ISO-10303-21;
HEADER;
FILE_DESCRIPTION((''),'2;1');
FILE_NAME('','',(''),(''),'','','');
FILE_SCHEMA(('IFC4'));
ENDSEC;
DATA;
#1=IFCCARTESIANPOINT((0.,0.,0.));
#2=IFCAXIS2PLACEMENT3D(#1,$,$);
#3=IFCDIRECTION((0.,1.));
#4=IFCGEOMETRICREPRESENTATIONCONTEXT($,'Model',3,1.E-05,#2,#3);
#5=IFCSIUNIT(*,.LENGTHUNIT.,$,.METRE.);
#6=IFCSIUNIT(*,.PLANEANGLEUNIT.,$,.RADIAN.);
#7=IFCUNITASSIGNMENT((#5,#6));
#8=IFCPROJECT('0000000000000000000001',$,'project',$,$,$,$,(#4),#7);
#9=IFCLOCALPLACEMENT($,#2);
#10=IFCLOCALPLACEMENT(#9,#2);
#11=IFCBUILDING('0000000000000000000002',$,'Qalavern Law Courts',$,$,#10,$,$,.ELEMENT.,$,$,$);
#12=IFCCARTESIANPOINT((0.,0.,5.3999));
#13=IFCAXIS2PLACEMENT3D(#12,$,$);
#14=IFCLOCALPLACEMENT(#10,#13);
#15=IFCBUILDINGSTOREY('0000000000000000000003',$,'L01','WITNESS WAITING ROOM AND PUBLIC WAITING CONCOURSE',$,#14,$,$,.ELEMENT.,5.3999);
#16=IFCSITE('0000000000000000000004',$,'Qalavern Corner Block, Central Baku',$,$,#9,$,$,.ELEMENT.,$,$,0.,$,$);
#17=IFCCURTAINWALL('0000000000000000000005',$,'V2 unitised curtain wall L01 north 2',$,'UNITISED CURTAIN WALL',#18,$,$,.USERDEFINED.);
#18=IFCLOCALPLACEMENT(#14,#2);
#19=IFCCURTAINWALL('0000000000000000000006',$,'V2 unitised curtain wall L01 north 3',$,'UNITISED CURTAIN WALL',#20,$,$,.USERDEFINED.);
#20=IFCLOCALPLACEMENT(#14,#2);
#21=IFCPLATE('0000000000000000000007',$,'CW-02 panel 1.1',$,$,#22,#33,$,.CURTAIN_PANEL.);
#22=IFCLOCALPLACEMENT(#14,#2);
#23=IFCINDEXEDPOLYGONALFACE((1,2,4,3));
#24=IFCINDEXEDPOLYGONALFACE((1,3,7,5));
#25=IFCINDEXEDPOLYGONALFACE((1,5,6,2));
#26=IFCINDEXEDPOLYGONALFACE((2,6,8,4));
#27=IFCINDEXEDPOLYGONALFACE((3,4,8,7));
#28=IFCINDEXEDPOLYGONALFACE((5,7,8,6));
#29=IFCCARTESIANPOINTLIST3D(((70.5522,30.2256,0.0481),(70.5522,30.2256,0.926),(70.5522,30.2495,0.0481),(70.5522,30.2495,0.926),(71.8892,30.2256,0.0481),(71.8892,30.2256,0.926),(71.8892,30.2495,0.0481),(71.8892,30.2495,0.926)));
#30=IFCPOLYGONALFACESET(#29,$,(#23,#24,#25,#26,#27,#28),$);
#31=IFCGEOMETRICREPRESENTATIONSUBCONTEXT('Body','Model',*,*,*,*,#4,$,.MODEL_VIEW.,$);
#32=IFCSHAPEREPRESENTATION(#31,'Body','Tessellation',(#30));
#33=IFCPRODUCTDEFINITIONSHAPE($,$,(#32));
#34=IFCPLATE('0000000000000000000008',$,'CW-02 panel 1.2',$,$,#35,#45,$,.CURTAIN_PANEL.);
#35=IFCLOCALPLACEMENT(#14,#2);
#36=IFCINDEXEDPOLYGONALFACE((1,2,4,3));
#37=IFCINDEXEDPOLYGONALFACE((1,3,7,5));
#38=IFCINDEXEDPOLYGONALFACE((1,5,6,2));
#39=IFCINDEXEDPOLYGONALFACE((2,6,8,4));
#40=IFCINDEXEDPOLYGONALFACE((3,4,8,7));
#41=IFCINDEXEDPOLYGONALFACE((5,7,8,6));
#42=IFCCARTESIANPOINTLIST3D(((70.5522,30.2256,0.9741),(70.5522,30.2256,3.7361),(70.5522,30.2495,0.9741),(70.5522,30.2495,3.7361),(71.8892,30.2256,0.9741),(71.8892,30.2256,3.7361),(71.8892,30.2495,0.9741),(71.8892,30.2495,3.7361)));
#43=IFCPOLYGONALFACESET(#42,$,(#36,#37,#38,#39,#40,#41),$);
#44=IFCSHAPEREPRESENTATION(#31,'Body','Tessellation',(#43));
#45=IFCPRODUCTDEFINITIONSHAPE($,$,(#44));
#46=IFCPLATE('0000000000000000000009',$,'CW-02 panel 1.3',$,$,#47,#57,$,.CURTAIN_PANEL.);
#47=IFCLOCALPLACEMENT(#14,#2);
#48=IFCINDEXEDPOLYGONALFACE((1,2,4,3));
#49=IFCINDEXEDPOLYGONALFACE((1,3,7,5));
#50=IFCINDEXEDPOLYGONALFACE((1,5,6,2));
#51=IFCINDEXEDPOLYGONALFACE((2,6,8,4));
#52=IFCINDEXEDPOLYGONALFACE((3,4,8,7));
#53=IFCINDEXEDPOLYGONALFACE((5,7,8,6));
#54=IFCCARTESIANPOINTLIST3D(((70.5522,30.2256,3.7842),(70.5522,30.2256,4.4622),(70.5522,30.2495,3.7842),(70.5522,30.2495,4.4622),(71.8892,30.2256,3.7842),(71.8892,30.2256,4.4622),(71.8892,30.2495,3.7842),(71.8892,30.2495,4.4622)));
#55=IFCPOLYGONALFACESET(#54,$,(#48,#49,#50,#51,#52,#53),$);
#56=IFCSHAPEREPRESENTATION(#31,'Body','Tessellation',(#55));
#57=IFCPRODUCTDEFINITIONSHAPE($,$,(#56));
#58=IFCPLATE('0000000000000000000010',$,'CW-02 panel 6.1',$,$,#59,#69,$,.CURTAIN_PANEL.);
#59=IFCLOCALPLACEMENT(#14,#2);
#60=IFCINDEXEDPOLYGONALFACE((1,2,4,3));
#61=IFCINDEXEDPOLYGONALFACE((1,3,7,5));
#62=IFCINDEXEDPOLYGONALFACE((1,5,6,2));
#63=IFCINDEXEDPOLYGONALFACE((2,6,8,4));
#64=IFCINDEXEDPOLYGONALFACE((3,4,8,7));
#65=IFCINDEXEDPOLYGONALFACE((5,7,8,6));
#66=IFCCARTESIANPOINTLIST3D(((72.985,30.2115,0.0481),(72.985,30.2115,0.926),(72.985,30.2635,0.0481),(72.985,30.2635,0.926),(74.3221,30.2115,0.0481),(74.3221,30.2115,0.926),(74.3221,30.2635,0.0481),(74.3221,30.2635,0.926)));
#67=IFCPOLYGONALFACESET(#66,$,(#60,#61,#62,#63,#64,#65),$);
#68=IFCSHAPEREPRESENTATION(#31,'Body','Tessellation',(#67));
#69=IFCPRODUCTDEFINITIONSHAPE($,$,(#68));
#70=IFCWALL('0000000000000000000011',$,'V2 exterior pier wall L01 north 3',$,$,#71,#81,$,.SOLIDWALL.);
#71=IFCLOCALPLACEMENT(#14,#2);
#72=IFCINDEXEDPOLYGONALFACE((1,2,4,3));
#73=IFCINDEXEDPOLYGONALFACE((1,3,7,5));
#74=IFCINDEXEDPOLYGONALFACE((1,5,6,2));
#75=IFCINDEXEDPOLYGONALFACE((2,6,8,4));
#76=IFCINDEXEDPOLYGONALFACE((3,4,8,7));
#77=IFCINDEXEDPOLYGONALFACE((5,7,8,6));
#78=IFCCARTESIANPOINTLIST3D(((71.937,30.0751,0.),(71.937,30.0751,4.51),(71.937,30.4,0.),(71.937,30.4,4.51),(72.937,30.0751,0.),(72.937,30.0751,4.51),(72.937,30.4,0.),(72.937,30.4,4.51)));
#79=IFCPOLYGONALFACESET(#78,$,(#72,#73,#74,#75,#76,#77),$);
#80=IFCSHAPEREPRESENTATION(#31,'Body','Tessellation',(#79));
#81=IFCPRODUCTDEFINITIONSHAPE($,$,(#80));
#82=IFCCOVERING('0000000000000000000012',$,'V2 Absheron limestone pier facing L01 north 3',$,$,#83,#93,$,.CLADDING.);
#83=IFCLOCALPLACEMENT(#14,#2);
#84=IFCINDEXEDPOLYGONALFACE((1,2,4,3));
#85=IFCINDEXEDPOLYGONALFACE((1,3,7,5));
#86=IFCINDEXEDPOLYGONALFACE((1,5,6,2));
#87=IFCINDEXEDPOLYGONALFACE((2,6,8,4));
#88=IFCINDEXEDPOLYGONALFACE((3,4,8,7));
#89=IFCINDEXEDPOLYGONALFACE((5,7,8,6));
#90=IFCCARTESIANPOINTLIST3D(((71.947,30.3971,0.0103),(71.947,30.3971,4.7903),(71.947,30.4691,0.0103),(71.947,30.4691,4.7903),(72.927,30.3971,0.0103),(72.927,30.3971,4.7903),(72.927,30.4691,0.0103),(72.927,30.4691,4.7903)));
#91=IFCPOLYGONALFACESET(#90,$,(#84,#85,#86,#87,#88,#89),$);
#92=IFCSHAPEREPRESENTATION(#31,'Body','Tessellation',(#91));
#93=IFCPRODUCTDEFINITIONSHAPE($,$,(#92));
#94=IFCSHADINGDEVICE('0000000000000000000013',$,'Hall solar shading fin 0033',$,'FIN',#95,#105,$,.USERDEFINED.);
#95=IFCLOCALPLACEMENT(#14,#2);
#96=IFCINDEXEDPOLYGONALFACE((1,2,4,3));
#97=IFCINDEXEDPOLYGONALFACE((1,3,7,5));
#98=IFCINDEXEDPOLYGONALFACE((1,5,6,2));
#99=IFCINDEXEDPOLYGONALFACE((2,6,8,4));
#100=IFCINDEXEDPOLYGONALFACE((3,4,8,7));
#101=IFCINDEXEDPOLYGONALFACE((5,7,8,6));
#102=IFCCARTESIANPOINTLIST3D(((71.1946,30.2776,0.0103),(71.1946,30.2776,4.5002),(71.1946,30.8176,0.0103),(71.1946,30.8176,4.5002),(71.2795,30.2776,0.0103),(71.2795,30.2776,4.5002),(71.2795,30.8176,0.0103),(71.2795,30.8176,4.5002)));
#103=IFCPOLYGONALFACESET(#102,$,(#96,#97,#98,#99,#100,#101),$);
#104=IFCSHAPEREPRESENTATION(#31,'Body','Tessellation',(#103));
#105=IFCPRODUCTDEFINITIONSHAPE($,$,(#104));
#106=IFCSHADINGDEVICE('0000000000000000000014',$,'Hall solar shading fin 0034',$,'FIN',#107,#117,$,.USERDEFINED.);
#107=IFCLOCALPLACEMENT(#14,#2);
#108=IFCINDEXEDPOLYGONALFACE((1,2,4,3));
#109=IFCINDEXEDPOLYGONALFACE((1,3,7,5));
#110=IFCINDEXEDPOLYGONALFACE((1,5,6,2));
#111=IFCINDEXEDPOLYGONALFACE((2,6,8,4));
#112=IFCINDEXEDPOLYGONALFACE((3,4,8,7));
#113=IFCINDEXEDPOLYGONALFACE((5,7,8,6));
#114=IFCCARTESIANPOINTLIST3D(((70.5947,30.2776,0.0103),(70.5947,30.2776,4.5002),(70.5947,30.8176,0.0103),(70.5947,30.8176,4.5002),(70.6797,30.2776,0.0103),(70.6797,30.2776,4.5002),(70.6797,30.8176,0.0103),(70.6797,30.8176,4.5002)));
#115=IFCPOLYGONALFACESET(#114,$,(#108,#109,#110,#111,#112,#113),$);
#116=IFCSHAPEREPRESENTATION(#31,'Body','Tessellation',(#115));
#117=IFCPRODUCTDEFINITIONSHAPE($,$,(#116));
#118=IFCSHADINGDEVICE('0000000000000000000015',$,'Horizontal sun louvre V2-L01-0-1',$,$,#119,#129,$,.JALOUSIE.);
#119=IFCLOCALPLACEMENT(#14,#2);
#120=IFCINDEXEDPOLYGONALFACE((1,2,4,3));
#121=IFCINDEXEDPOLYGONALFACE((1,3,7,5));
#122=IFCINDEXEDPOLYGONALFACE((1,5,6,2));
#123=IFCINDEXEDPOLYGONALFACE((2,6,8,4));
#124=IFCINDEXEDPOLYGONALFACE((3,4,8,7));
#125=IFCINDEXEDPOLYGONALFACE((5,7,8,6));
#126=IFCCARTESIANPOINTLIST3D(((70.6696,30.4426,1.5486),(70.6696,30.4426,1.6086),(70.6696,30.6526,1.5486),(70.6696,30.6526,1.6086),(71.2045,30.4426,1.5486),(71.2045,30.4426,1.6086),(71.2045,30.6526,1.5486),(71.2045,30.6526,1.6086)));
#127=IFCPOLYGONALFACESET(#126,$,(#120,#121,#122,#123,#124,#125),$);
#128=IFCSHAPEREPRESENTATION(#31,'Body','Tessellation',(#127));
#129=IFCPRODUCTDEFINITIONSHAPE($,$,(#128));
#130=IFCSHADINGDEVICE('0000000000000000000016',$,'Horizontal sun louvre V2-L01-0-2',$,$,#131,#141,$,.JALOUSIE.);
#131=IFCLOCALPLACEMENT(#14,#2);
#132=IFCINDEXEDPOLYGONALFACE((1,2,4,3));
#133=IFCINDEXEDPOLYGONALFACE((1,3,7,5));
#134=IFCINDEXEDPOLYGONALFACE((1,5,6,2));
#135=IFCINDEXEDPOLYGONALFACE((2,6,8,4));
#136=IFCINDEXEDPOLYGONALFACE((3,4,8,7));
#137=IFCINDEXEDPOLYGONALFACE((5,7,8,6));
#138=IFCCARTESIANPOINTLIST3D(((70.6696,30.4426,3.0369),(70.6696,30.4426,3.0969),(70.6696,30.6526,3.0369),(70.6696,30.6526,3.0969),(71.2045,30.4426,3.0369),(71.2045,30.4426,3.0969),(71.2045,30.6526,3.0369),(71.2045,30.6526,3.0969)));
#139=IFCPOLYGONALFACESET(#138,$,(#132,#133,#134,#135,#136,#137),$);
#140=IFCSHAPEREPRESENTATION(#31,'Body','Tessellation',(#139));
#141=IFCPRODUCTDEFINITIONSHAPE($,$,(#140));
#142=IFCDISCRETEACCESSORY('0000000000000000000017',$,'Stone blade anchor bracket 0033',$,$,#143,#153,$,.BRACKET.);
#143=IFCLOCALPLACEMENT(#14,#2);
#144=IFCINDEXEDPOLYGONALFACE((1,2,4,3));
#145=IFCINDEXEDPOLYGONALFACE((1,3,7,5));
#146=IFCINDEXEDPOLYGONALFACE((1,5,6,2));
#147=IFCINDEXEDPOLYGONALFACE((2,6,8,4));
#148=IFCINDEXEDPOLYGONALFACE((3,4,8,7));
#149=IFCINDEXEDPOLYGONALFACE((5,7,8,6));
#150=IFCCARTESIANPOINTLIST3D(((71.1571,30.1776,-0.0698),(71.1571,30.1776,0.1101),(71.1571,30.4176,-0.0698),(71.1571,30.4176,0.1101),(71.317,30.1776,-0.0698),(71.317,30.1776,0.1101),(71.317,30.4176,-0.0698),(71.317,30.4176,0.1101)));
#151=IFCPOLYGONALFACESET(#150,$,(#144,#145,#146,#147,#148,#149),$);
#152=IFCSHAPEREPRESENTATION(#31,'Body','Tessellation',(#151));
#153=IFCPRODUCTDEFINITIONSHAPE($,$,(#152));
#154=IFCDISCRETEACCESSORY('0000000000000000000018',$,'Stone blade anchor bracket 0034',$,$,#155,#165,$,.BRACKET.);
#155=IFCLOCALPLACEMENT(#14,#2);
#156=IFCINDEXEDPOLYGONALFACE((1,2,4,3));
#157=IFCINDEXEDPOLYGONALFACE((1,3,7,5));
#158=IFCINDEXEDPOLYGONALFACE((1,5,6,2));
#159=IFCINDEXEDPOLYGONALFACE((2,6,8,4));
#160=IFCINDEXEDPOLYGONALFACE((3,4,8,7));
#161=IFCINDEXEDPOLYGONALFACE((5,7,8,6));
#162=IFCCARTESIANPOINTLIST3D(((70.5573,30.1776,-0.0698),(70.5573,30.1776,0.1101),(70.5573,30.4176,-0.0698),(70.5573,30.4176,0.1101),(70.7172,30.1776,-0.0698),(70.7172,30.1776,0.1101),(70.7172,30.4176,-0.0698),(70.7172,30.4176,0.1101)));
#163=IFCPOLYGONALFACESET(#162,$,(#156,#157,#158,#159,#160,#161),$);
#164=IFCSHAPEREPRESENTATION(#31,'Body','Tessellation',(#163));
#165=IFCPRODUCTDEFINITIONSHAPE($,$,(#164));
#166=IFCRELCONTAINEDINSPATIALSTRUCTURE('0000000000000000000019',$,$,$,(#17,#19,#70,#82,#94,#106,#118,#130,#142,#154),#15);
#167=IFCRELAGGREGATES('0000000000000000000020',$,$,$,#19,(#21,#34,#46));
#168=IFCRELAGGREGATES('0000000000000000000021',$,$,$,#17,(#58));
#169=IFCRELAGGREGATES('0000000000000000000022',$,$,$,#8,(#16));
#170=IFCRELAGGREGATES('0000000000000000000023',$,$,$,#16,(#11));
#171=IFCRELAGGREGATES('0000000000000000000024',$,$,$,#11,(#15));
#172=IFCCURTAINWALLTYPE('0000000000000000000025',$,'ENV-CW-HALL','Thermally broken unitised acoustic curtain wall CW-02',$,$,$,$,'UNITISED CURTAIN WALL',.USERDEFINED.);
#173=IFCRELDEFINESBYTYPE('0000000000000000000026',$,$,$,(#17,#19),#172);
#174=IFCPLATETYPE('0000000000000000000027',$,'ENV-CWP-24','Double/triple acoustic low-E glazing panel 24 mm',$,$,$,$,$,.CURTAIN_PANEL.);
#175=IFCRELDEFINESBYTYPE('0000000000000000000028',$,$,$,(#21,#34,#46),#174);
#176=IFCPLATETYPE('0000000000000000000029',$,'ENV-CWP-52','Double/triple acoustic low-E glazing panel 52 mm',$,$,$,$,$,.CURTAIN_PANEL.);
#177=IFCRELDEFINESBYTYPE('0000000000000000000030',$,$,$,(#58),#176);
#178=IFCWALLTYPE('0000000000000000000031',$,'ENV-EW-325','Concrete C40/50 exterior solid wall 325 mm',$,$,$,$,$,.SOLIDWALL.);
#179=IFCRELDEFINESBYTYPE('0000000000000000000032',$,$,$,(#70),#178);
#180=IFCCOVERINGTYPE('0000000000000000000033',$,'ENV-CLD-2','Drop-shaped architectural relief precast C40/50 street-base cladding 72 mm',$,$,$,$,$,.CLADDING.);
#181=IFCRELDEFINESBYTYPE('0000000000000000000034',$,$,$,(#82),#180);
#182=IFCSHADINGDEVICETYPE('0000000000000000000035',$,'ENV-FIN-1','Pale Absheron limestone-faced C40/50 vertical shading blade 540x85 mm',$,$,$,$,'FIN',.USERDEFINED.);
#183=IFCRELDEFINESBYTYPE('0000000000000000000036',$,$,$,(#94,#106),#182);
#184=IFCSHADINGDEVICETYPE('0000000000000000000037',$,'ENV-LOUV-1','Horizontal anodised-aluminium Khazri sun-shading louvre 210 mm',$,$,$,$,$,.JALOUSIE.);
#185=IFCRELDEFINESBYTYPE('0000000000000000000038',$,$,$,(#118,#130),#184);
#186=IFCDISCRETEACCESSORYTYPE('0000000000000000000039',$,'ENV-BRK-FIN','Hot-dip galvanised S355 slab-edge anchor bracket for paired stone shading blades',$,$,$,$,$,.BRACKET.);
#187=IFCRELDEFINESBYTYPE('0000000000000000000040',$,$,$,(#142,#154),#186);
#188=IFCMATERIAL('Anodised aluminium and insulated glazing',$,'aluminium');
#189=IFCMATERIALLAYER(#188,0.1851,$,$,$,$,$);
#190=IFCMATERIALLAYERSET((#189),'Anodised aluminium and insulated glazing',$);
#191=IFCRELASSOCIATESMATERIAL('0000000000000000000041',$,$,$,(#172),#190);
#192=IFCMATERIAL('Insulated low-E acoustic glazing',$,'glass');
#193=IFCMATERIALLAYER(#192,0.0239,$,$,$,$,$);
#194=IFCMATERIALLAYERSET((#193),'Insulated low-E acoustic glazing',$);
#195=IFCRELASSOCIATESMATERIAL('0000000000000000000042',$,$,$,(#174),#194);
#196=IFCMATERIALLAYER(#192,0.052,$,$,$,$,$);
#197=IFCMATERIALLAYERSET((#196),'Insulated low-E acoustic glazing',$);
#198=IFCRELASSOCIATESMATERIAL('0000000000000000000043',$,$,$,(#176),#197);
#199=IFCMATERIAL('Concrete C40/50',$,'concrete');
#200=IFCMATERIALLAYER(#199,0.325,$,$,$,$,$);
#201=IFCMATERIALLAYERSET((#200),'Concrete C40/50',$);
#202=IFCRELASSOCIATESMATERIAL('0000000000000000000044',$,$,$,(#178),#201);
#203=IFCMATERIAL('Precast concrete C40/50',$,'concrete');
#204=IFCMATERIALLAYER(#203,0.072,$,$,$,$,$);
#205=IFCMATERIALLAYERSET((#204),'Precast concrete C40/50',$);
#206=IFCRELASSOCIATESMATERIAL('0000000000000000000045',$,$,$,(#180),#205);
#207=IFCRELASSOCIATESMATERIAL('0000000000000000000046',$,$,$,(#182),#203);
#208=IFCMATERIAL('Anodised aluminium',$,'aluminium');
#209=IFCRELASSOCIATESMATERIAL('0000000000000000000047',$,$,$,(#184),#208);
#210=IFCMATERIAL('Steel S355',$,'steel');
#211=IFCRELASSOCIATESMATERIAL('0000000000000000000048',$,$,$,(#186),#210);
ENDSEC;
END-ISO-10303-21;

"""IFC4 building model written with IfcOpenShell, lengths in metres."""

from ifc_helpers import new_model, si_unit, direction, frame, frame_2d, origin, origin_2d, place, context, subcontext, project, spatial, rectangle, extrude, material, layer, layer_set, type_object, element, aggregate, save


model = new_model("IFC4")

# Units and contexts
model_context = context("Model", 3, precision=1e-05, world=origin(), true_north=direction((0.0, 1.0)))
body_context = subcontext(model_context, "Body", "Model", "MODEL_VIEW")
ifc_project = project(units=[si_unit("LENGTHUNIT", "METRE"), si_unit("PLANEANGLEUNIT", "RADIAN")], contexts=[model_context])

# Site, building, storey
site_placement = place(None, origin())
site = spatial("IfcSite", under=ifc_project, at=site_placement, Name="Qalavern Corner Block, Central Baku", CompositionType="ELEMENT", RefElevation=0.0)
building_placement = place(site_placement, origin())
building = spatial("IfcBuilding", under=site, at=building_placement, Name="Qalavern Law Courts", CompositionType="ELEMENT")
storey_placement = place(building_placement, frame((0.0, 0.0, 5.3999)))
storey = spatial("IfcBuildingStorey", under=building, at=storey_placement, Name="L01", Description="WITNESS WAITING ROOM AND PUBLIC WAITING CONCOURSE", CompositionType="ELEMENT", Elevation=5.3999)

# Curtain wall
ifc_material_1 = material(Name="Anodised aluminium and insulated glazing", Category="aluminium")
ifc_layer_1 = layer(ifc_material_1, 0.1851)
ifc_layer_set_1 = layer_set([ifc_layer_1], Name="Anodised aluminium and insulated glazing")
curtain_wall_type = type_object("IfcCurtainWallType", Name="ENV-CW-HALL", Description="Thermally broken unitised acoustic curtain wall CW-02", ElementType="UNITISED CURTAIN WALL", PredefinedType="USERDEFINED", material=ifc_layer_set_1)
curtain_wall_1_placement = place(storey_placement, origin())
curtain_wall_1 = element("IfcCurtainWall", 1, at=curtain_wall_1_placement, inside=storey, type_object=curtain_wall_type, Name="V2 unitised curtain wall L01 north 2", ObjectType="UNITISED CURTAIN WALL", PredefinedType="USERDEFINED")
ifc_material_2 = material(Name="Anodised aluminium", Category="aluminium")

# Curtain wall
curtain_wall_2_placement = place(storey_placement, origin())
curtain_wall_2 = element("IfcCurtainWall", 2, at=curtain_wall_2_placement, inside=storey, type_object=curtain_wall_type, Name="V2 unitised curtain wall L01 north 3", ObjectType="UNITISED CURTAIN WALL", PredefinedType="USERDEFINED")

# Shared definitions
ifc_material_3 = material(Name="Steel S355", Category="steel")
ifc_material_4 = material(Name="Concrete C40/50", Category="concrete")

# Plates
ifc_material_5 = material(Name="Insulated low-E acoustic glazing", Category="glass")
ifc_layer_2 = layer(ifc_material_5, 0.0239)
ifc_layer_set_2 = layer_set([ifc_layer_2], Name="Insulated low-E acoustic glazing")
plate_type_1 = type_object("IfcPlateType", Name="ENV-CWP-24", Description="Double/triple acoustic low-E glazing panel 24 mm", PredefinedType="CURTAIN_PANEL", material=ifc_layer_set_2)
plate_1_placement = place(storey_placement, frame((71.2207, 30.2375, 0.0481), z_axis=(0.0, 0.0, 1.0), x_axis=(-1.0, 0.0, 0.0)))
plate_1 = element("IfcPlate", 3, at=plate_1_placement, type_object=plate_type_1, Name="CW-02 panel 1.1", PredefinedType="CURTAIN_PANEL", context=body_context, shape_type="SweptSolid", body=[
    extrude(rectangle(XDim=1.3369, YDim=0.0239, at=origin_2d()), origin(), (0.0, 0.0, 1.0), 0.8779),
])
plate_2_placement = place(storey_placement, frame((71.2207, 30.2375, 0.9741), z_axis=(0.0, 0.0, 1.0), x_axis=(-1.0, 0.0, 0.0)))
plate_2 = element("IfcPlate", 4, at=plate_2_placement, type_object=plate_type_1, Name="CW-02 panel 1.2", PredefinedType="CURTAIN_PANEL", context=body_context, shape_type="SweptSolid", body=[
    extrude(rectangle(XDim=1.3369, YDim=0.0239, at=origin_2d()), origin(), (0.0, 0.0, 1.0), 2.762),
])
plate_3_placement = place(storey_placement, frame((71.2207, 30.2375, 3.7842), z_axis=(0.0, 0.0, 1.0), x_axis=(-1.0, 0.0, 0.0)))
plate_3 = element("IfcPlate", 5, at=plate_3_placement, type_object=plate_type_1, Name="CW-02 panel 1.3", PredefinedType="CURTAIN_PANEL", context=body_context, shape_type="SweptSolid", body=[
    extrude(rectangle(XDim=1.3369, YDim=0.0239, at=origin_2d()), origin(), (0.0, 0.0, 1.0), 0.678),
])
aggregate(curtain_wall_2, [plate_1, plate_2, plate_3])
ifc_layer_3 = layer(ifc_material_5, 0.052)
ifc_layer_set_3 = layer_set([ifc_layer_3], Name="Insulated low-E acoustic glazing")
plate_type_2 = type_object("IfcPlateType", Name="ENV-CWP-52", Description="Double/triple acoustic low-E glazing panel 52 mm", PredefinedType="CURTAIN_PANEL", material=ifc_layer_set_3)
plate_4_placement = place(storey_placement, frame((73.6536, 30.2375, 0.0481), z_axis=(0.0, 0.0, 1.0), x_axis=(-1.0, 0.0, 0.0)))
plate_4 = element("IfcPlate", 6, at=plate_4_placement, type_object=plate_type_2, Name="CW-02 panel 6.1", PredefinedType="CURTAIN_PANEL", context=body_context, shape_type="SweptSolid", body=[
    extrude(rectangle(XDim=1.3372, YDim=0.052, at=origin_2d()), origin(), (0.0, 0.0, 1.0), 0.8779),
])
aggregate(curtain_wall_1, [plate_4])

# Wall
ifc_layer_4 = layer(ifc_material_4, 0.325)
ifc_layer_set_4 = layer_set([ifc_layer_4], Name="Concrete C40/50")
wall_type = type_object("IfcWallType", Name="ENV-EW-325", Description="Concrete C40/50 exterior solid wall 325 mm", PredefinedType="SOLIDWALL", material=ifc_layer_set_4)
wall_placement = place(storey_placement, frame((72.937, 30.2375, 0.0), z_axis=(0.0, 0.0, 1.0), x_axis=(-1.0, 0.0, 0.0)))
element("IfcWall", 7, at=wall_placement, inside=storey, type_object=wall_type, Name="V2 exterior pier wall L01 north 3", PredefinedType="SOLIDWALL", context=body_context, shape_type="SweptSolid", body=[
    extrude(rectangle(XDim=1.0, YDim=0.325, at=frame_2d((0.5, 0.0))), origin(), (0.0, 0.0, 1.0), 4.51),
])

# Covering
ifc_material_6 = material(Name="Precast concrete C40/50", Category="concrete")
ifc_layer_5 = layer(ifc_material_6, 0.072)
ifc_layer_set_5 = layer_set([ifc_layer_5], Name="Precast concrete C40/50")
covering_type = type_object("IfcCoveringType", Name="ENV-CLD-2", Description="Drop-shaped architectural relief precast C40/50 street-base cladding 72 mm", PredefinedType="CLADDING", material=ifc_layer_set_5)
covering_placement = place(storey_placement, frame((72.437, 30.4331, 0.0103), z_axis=(0.0, 0.0, 1.0), x_axis=(-1.0, 0.0, 0.0)))
element("IfcCovering", 8, at=covering_placement, inside=storey, type_object=covering_type, Name="V2 Absheron limestone pier facing L01 north 3", PredefinedType="CLADDING", context=body_context, shape_type="SweptSolid", body=[
    extrude(rectangle(XDim=0.98, YDim=0.072, at=origin_2d()), origin(), (0.0, 0.0, 1.0), 4.78),
])

# Shading devices
shading_device_type_1 = type_object("IfcShadingDeviceType", Name="ENV-FIN-1", Description="Pale Absheron limestone-faced C40/50 vertical shading blade 540x85 mm", ElementType="FIN", PredefinedType="USERDEFINED", material=ifc_material_6)
for number, where, z_axis, x_axis, name in (
    (9, (71.2371, 30.5476, 0.0103), (0.0, 0.0, 1.0), (0.0, 1.0, 0.0), "Hall solar shading fin 0033"),
    (10, (70.6372, 30.5476, 0.0103), (0.0, 0.0, 1.0), (0.0, 1.0, 0.0), "Hall solar shading fin 0034"),
):
    element("IfcShadingDevice", number, at=place(storey_placement, frame(where, z_axis=z_axis, x_axis=x_axis)), inside=storey, type_object=shading_device_type_1, Name=name, ObjectType="FIN", PredefinedType="USERDEFINED", context=body_context, shape_type="SweptSolid", body=[
        extrude(rectangle(XDim=0.54, YDim=0.085, at=origin_2d()), origin(), (0.0, 0.0, 1.0), 4.49),
    ])
shading_device_type_2 = type_object("IfcShadingDeviceType", Name="ENV-LOUV-1", Description="Horizontal anodised-aluminium Khazri sun-shading louvre 210 mm", PredefinedType="JALOUSIE", material=ifc_material_2)
for number, where, z_axis, x_axis, name in (
    (11, (70.937, 30.5476, 1.5486), (0.0, 0.0, 1.0), (-1.0, 0.0, 0.0), "Horizontal sun louvre V2-L01-0-1"),
    (12, (70.937, 30.5476, 3.0369), (0.0, 0.0, 1.0), (-1.0, 0.0, 0.0), "Horizontal sun louvre V2-L01-0-2"),
):
    element("IfcShadingDevice", number, at=place(storey_placement, frame(where, z_axis=z_axis, x_axis=x_axis)), inside=storey, type_object=shading_device_type_2, Name=name, PredefinedType="JALOUSIE", context=body_context, shape_type="SweptSolid", body=[
        extrude(rectangle(XDim=0.5349, YDim=0.21, at=origin_2d()), origin(), (0.0, 0.0, 1.0), 0.0601),
    ])

# Discrete accessories
discrete_accessory_type = type_object("IfcDiscreteAccessoryType", Name="ENV-BRK-FIN", Description="Hot-dip galvanised S355 slab-edge anchor bracket for paired stone shading blades", PredefinedType="BRACKET", material=ifc_material_3)
for number, where, z_axis, x_axis, name in (
    (13, (71.2371, 30.2976, -0.0698), (0.0, 0.0, 1.0), (0.0, 1.0, 0.0), "Stone blade anchor bracket 0033"),
    (14, (70.6372, 30.2976, -0.0698), (0.0, 0.0, 1.0), (0.0, 1.0, 0.0), "Stone blade anchor bracket 0034"),
):
    element("IfcDiscreteAccessory", number, at=place(storey_placement, frame(where, z_axis=z_axis, x_axis=x_axis)), inside=storey, type_object=discrete_accessory_type, Name=name, PredefinedType="BRACKET", context=body_context, shape_type="SweptSolid", body=[
        extrude(rectangle(XDim=0.24, YDim=0.1599, at=origin_2d()), origin(), (0.0, 0.0, 1.0), 0.1799),
    ])

save(model, "model.ifc")
